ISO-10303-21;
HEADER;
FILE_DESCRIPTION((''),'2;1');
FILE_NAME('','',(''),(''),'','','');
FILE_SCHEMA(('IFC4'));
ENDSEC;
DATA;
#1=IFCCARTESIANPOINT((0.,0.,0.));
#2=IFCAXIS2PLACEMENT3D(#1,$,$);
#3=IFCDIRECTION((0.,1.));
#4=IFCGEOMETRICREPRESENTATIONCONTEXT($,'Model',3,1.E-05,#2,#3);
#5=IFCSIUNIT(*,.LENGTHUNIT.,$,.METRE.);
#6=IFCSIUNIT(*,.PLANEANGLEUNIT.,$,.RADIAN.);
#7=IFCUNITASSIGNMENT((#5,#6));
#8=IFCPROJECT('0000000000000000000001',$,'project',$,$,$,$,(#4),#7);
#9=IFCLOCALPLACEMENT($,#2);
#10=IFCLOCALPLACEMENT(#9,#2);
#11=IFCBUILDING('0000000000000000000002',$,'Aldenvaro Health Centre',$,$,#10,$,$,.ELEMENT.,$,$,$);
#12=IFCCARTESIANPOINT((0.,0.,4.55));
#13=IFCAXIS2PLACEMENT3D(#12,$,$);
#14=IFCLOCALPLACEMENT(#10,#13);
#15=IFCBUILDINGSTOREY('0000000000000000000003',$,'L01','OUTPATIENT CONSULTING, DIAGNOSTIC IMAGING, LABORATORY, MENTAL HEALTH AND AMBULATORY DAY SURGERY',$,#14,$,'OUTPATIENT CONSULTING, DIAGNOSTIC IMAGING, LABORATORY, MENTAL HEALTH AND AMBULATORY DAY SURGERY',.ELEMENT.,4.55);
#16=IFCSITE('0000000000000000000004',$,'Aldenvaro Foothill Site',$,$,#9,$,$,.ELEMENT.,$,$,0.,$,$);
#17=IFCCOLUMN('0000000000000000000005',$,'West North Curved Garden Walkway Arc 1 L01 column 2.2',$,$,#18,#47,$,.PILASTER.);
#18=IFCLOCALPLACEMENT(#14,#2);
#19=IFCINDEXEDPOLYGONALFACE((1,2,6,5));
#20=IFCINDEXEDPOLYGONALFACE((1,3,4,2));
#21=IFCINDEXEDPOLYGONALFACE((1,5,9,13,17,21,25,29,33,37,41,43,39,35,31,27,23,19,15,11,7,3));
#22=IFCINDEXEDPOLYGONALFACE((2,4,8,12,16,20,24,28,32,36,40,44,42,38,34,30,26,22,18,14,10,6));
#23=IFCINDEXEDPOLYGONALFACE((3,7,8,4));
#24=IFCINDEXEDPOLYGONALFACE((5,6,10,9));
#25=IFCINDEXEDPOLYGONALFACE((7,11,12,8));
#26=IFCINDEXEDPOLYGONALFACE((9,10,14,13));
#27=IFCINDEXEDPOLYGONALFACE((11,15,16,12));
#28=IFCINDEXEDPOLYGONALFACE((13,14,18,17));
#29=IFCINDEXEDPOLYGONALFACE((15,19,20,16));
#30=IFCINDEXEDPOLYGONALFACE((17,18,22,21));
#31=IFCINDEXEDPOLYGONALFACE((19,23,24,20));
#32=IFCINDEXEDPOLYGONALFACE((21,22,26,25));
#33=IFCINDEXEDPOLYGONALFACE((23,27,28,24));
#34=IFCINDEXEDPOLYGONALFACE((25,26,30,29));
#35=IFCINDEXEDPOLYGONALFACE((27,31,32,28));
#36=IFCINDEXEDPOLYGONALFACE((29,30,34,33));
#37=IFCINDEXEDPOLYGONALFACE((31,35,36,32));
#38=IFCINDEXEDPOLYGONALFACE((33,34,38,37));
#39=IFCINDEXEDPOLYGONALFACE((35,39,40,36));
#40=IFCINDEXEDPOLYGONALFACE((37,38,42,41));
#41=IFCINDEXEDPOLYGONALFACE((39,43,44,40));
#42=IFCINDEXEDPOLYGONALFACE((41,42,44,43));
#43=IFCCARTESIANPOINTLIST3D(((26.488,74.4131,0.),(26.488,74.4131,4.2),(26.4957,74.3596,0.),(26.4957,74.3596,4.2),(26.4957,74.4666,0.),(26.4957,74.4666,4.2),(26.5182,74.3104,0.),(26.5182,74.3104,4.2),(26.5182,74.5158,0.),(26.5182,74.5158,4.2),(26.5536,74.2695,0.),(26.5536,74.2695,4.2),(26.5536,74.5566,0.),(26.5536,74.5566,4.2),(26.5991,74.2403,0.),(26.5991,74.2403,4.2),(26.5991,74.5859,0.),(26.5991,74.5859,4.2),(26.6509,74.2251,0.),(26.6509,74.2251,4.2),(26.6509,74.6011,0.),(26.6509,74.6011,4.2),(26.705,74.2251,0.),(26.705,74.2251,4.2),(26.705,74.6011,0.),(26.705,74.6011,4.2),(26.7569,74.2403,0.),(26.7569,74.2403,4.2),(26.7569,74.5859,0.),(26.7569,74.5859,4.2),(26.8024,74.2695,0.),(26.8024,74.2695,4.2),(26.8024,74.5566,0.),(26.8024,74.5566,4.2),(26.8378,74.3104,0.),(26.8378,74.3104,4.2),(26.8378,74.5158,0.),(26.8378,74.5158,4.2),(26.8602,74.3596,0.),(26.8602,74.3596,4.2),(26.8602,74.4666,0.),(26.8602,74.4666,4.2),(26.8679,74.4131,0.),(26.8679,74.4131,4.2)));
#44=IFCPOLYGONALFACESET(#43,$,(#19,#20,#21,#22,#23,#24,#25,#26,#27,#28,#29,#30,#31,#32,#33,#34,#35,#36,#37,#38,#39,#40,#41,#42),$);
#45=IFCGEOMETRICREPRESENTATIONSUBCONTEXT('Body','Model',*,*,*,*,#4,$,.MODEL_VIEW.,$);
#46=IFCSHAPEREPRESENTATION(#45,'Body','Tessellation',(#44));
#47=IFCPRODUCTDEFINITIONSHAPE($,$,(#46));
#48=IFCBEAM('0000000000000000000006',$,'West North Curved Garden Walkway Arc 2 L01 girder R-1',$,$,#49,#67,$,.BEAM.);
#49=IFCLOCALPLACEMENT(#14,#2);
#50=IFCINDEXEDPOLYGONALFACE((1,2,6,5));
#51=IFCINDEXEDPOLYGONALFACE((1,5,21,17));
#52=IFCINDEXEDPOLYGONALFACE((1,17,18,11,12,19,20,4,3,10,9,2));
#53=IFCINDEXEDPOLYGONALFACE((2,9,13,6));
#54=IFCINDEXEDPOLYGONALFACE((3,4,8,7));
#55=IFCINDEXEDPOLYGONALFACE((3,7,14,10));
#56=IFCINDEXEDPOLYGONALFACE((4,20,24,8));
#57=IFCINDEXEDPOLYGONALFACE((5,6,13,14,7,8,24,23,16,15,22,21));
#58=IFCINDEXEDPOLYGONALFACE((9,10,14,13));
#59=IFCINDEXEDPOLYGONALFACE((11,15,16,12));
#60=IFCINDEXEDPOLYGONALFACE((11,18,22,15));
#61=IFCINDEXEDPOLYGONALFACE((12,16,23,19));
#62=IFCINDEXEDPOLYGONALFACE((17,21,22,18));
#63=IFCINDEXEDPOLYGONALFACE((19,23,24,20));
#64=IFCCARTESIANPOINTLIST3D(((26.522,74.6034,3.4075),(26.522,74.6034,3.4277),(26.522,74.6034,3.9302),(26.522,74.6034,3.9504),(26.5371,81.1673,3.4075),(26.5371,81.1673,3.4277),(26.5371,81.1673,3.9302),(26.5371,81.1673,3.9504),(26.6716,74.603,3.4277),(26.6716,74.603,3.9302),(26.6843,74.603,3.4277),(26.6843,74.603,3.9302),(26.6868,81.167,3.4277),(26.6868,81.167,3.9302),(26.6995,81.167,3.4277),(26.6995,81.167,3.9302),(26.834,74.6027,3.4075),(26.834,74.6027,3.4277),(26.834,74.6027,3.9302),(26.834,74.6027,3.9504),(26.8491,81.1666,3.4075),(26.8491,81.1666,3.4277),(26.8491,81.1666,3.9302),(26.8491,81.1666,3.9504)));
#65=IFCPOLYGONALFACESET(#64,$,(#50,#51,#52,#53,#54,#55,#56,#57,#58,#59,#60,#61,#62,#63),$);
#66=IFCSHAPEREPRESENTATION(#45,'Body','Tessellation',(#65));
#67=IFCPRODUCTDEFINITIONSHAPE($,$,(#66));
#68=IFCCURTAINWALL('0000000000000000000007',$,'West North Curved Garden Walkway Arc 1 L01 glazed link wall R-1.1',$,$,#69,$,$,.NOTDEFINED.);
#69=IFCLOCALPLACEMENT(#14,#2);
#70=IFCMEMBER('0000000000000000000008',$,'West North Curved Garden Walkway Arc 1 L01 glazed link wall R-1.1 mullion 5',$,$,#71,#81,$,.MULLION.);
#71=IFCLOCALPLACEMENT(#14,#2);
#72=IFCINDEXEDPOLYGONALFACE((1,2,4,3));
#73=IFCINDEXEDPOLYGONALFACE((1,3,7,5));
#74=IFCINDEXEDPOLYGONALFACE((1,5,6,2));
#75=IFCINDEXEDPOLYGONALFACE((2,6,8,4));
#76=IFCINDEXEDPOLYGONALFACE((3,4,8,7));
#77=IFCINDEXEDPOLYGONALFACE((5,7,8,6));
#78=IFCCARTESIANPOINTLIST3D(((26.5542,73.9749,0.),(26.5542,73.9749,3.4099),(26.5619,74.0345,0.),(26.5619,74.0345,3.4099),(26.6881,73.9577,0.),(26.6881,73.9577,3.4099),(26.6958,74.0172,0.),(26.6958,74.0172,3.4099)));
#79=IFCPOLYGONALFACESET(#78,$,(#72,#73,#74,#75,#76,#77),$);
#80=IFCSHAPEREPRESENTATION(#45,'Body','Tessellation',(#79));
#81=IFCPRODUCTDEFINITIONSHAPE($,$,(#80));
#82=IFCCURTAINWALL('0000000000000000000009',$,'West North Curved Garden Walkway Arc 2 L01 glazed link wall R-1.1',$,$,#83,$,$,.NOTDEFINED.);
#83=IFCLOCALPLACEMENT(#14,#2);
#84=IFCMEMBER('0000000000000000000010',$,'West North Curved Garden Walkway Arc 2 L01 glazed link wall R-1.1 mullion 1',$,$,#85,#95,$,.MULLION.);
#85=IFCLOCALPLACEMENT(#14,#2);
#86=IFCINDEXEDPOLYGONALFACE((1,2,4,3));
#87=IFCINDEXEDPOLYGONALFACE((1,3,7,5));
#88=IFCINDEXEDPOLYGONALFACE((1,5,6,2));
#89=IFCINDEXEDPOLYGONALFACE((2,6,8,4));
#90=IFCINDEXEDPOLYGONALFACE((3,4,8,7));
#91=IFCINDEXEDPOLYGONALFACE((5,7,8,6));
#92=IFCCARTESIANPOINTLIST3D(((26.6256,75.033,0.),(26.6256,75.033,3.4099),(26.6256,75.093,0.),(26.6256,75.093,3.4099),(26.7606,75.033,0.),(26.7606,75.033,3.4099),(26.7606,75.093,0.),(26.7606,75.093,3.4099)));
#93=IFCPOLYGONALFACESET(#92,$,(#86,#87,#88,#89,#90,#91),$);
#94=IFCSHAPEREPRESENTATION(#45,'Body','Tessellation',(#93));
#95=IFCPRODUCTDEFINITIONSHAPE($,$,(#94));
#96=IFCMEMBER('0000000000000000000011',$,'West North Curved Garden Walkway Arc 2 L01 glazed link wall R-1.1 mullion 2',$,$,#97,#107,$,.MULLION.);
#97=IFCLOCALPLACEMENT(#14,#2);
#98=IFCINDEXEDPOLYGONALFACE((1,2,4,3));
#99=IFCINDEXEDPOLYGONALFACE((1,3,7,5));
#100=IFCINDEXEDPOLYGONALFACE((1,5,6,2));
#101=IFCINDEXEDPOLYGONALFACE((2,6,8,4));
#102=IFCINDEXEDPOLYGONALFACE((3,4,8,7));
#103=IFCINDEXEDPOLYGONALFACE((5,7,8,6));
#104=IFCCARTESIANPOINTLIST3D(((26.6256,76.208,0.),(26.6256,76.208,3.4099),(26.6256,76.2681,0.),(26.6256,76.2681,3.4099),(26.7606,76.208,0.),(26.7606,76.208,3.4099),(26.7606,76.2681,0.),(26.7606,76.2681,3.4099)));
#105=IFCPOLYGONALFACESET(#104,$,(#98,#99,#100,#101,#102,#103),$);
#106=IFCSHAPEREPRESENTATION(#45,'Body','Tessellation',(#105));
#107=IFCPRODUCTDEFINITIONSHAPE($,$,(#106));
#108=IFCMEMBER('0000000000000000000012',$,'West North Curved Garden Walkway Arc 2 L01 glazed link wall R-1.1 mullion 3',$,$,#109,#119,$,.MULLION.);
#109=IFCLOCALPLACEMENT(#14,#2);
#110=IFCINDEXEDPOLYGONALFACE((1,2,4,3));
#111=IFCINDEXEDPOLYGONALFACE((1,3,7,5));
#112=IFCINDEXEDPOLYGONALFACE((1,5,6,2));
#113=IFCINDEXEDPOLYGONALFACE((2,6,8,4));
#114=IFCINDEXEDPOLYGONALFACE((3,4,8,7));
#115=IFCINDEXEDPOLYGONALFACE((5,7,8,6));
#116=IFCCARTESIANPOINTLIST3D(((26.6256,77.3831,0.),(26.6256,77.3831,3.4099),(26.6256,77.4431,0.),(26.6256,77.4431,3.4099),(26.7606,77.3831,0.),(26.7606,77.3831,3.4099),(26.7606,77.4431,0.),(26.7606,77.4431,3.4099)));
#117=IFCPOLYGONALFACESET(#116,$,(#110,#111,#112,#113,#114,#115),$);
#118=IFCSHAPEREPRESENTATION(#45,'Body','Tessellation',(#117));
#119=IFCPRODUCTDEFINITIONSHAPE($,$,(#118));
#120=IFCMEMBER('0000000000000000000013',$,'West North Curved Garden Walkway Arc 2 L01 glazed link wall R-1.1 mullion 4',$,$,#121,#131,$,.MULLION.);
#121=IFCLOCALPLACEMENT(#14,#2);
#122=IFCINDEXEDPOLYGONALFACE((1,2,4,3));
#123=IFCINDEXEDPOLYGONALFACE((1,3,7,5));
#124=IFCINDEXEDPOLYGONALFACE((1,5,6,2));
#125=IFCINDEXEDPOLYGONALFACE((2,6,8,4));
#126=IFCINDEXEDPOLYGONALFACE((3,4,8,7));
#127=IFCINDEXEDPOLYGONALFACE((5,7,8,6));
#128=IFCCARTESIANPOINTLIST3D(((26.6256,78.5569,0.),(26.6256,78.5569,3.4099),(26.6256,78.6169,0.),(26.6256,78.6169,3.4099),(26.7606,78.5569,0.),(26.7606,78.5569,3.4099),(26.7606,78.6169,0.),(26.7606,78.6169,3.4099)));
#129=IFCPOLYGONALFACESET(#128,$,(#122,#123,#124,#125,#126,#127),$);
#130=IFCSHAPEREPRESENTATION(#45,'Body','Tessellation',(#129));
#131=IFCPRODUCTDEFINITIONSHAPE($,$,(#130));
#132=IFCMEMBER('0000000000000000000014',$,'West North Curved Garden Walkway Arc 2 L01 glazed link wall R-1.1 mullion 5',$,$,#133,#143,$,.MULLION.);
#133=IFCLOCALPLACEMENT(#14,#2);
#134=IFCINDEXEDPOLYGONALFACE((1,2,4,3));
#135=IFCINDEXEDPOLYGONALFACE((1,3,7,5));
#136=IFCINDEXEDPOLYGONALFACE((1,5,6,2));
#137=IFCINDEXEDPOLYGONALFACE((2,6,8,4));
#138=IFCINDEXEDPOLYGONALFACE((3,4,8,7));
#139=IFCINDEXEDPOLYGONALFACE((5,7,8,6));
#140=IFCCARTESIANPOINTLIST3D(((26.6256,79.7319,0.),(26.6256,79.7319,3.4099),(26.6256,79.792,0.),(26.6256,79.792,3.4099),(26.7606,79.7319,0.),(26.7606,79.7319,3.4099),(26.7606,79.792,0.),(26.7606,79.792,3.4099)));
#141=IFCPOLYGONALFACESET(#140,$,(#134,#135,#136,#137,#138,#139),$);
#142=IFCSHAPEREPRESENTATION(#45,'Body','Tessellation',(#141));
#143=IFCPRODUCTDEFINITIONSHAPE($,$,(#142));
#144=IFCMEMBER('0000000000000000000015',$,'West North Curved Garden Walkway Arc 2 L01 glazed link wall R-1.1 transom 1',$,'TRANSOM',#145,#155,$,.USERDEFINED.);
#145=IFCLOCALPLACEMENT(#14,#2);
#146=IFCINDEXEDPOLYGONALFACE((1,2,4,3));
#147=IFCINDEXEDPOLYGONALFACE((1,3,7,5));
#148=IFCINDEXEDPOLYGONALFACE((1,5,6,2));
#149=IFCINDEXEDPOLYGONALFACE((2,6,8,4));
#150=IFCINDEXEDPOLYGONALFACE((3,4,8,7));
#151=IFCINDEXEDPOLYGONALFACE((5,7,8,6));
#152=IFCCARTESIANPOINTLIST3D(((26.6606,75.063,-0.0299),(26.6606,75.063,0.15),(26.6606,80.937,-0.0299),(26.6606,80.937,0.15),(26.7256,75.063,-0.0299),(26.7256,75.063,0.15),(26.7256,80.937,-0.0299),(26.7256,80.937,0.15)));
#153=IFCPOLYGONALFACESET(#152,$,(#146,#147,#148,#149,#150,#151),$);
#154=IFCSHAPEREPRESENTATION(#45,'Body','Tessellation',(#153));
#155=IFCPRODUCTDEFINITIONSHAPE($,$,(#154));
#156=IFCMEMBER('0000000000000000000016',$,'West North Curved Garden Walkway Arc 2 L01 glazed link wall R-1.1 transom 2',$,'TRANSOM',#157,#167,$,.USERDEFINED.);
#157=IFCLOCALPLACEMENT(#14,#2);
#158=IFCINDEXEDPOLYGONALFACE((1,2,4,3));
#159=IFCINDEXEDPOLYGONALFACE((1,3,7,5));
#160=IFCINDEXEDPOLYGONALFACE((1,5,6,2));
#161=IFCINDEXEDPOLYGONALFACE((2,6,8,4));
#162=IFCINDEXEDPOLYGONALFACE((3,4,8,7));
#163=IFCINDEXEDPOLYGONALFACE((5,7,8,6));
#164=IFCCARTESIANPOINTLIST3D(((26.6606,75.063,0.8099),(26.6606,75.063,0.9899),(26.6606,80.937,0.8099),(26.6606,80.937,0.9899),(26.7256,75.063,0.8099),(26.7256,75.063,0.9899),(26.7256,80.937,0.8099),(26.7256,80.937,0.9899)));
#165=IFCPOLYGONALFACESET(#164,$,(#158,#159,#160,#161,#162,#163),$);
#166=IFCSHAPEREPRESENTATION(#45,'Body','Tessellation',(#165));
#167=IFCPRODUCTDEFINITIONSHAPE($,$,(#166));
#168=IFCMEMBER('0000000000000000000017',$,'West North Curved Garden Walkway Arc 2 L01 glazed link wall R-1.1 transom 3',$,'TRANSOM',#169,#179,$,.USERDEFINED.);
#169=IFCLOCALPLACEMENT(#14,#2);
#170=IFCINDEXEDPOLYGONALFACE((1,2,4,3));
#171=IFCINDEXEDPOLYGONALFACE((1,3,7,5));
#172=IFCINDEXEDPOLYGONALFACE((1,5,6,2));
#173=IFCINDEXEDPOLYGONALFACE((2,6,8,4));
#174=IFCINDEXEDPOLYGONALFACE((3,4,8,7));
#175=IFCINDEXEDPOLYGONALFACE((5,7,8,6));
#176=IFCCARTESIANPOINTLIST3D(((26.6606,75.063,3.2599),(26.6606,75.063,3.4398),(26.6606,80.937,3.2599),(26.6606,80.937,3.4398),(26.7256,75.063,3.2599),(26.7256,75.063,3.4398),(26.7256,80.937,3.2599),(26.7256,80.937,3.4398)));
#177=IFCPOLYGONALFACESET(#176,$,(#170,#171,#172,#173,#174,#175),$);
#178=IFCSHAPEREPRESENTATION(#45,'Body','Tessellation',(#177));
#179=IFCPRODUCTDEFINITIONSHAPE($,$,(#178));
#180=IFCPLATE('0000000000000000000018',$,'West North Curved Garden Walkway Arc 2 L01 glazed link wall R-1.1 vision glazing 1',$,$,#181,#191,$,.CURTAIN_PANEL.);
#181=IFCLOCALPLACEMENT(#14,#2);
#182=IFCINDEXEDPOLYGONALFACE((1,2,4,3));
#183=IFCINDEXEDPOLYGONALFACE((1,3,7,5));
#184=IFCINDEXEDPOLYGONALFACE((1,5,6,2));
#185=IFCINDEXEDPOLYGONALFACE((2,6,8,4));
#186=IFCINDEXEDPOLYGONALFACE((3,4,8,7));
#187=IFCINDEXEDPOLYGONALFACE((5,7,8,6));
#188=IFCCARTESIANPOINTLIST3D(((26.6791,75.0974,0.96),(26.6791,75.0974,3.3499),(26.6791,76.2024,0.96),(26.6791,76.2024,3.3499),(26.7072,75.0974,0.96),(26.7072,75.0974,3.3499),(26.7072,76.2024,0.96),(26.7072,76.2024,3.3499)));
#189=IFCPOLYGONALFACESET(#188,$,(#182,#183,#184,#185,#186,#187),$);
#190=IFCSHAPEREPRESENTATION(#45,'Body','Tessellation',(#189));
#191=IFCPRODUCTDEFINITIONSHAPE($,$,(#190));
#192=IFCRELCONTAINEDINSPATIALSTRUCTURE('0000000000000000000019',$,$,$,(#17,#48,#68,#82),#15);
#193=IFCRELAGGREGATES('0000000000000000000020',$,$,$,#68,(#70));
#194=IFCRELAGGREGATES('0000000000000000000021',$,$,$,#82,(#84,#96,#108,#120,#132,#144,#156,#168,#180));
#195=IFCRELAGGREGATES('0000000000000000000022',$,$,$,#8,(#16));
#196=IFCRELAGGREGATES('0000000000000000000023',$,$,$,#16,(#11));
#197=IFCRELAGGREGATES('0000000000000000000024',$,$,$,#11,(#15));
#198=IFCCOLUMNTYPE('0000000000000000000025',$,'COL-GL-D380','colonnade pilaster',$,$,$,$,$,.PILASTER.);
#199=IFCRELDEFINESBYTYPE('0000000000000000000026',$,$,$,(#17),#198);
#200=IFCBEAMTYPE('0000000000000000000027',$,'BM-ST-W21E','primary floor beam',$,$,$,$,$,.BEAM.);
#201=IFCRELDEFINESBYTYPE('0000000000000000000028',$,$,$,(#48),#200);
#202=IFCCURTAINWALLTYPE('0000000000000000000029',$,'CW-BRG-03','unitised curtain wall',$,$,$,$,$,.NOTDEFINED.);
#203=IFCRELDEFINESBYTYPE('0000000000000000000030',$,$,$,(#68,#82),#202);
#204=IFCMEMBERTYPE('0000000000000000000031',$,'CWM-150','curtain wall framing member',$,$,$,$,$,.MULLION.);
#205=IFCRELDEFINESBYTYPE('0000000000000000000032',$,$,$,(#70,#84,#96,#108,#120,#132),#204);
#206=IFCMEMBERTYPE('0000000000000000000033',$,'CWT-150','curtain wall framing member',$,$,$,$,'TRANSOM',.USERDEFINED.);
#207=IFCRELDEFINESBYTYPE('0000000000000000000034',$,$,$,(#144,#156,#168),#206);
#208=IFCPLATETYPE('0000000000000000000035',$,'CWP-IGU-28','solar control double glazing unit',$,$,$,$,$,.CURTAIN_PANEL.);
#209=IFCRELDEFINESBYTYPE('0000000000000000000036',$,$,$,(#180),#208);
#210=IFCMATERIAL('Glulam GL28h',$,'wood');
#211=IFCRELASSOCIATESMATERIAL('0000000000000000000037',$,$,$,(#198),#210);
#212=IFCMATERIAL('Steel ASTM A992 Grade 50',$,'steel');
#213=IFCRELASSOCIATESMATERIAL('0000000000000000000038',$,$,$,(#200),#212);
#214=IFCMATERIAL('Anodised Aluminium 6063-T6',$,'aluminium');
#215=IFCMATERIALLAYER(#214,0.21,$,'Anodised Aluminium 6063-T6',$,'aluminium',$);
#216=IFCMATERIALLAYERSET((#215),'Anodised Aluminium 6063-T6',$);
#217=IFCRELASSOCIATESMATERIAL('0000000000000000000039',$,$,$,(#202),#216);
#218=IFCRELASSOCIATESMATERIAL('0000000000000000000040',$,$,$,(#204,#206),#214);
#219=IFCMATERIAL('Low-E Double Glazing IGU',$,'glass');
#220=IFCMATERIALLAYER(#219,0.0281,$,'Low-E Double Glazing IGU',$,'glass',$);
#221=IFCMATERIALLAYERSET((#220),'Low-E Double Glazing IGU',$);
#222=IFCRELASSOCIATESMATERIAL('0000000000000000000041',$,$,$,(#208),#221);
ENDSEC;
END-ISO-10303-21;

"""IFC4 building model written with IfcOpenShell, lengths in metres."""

from ifc_helpers import new_model, si_unit, direction, frame, origin, origin_2d, place, context, subcontext, project, spatial, rectangle, circle, i_section, extrude, material, layer, layer_set, material_profile, profile_set, type_object, element, aggregate, save


model = new_model("IFC4")

# Units and contexts
model_context = context("Model", 3, precision=1e-05, world=origin(), true_north=direction((0.0, 1.0)))
body_context = subcontext(model_context, "Body", "Model", "MODEL_VIEW")
ifc_project = project(units=[si_unit("LENGTHUNIT", "METRE"), si_unit("PLANEANGLEUNIT", "RADIAN")], contexts=[model_context])

# Site, building, storey
site_placement = place(None, origin())
site = spatial("IfcSite", under=ifc_project, at=site_placement, Name="Aldenvaro Foothill Site", CompositionType="ELEMENT", RefElevation=0.0)
building_placement = place(site_placement, origin())
building = spatial("IfcBuilding", under=site, at=building_placement, Name="Aldenvaro Health Centre", CompositionType="ELEMENT")
storey_placement = place(building_placement, frame((0.0, 0.0, 4.55)))
storey = spatial("IfcBuildingStorey", under=building, at=storey_placement, Name="L01", Description="OUTPATIENT CONSULTING, DIAGNOSTIC IMAGING, LABORATORY, MENTAL HEALTH AND AMBULATORY DAY SURGERY", LongName="OUTPATIENT CONSULTING, DIAGNOSTIC IMAGING, LABORATORY, MENTAL HEALTH AND AMBULATORY DAY SURGERY", CompositionType="ELEMENT", Elevation=4.55)

# Column
ifc_material_1 = material(Name="Glulam GL28h", Category="wood")
ifc_material_profile_1 = material_profile(ifc_material_1, circle(Radius=0.1899, at=origin_2d()), Name="GL D380", Category="wood")
ifc_profile_set_1 = profile_set([ifc_material_profile_1], Name="Glulam GL28h")
column_type = type_object("IfcColumnType", Name="COL-GL-D380", Description="colonnade pilaster", PredefinedType="PILASTER", material=ifc_profile_set_1)
column_placement = place(storey_placement, frame((26.678, 74.4131, 0.0), z_axis=(0.0, 0.0, 1.0), x_axis=(1.0, 0.0, 0.0)))
element("IfcColumn", 1, at=column_placement, inside=storey, type_object=column_type, Name="West North Curved Garden Walkway Arc 1 L01 column 2.2", PredefinedType="PILASTER", context=body_context, shape_type="SweptSolid", body=[
    extrude(circle(Radius=0.1899, at=origin_2d()), origin(), (0.0, 0.0, 1.0), 4.2),
])

# Beam
ifc_material_2 = material(Name="Steel ASTM A992 Grade 50", Category="steel")
ifc_material_profile_2 = material_profile(ifc_material_2, i_section(OverallWidth=0.312, OverallDepth=0.543, WebThickness=0.0127, FlangeThickness=0.0203, at=origin_2d()), Name="W21X101", Category="steel")
ifc_profile_set_2 = profile_set([ifc_material_profile_2], Name="Steel ASTM A992 Grade 50")
beam_type = type_object("IfcBeamType", Name="BM-ST-W21E", Description="primary floor beam", PredefinedType="BEAM", material=ifc_profile_set_2)
beam_placement = place(storey_placement, frame((26.678, 74.603, 3.679), z_axis=(0.002306, 0.999997, 0.0), x_axis=(-0.999997, 0.002306, 0.0)))
element("IfcBeam", 2, at=beam_placement, inside=storey, type_object=beam_type, Name="West North Curved Garden Walkway Arc 2 L01 girder R-1", PredefinedType="BEAM", context=body_context, shape_type="SweptSolid", body=[
    extrude(i_section(OverallWidth=0.312, OverallDepth=0.543, WebThickness=0.0127, FlangeThickness=0.0203, at=origin_2d()), origin(), (0.0, 0.0, 1.0), 6.564),
])

# Curtain wall, member
ifc_material_3 = material(Name="Anodised Aluminium 6063-T6", Category="aluminium")
ifc_layer_1 = layer(ifc_material_3, 0.21, Name="Anodised Aluminium 6063-T6", Category="aluminium")
ifc_layer_set_1 = layer_set([ifc_layer_1], Name="Anodised Aluminium 6063-T6")
curtain_wall_type = type_object("IfcCurtainWallType", Name="CW-BRG-03", Description="unitised curtain wall", PredefinedType="NOTDEFINED", material=ifc_layer_set_1)
curtain_wall_1_placement = place(storey_placement, origin())
curtain_wall_1 = element("IfcCurtainWall", 3, at=curtain_wall_1_placement, inside=storey, type_object=curtain_wall_type, Name="West North Curved Garden Walkway Arc 1 L01 glazed link wall R-1.1", PredefinedType="NOTDEFINED")
ifc_material_profile_3 = material_profile(ifc_material_3, rectangle(XDim=0.0601, YDim=0.135, at=origin_2d()), Name="ALU 60x135", Category="aluminium")
ifc_profile_set_3 = profile_set([ifc_material_profile_3], Name="Anodised Aluminium 6063-T6")
member_type_1 = type_object("IfcMemberType", Name="CWM-150", Description="curtain wall framing member", PredefinedType="MULLION", material=ifc_profile_set_3)
member_1_placement = place(storey_placement, frame((26.625, 73.9961, 0.0), z_axis=(0.0, 0.0, 1.0), x_axis=(0.127857, 0.991793, 0.0)))
member_1 = element("IfcMember", 4, at=member_1_placement, type_object=member_type_1, Name="West North Curved Garden Walkway Arc 1 L01 glazed link wall R-1.1 mullion 5", PredefinedType="MULLION", context=body_context, shape_type="SweptSolid", body=[
    extrude(rectangle(XDim=0.0601, YDim=0.135, at=origin_2d()), origin(), (0.0, 0.0, 1.0), 3.4099),
])
aggregate(curtain_wall_1, [member_1])

# Curtain wall, members, plate
curtain_wall_2_placement = place(storey_placement, origin())
curtain_wall_2 = element("IfcCurtainWall", 5, at=curtain_wall_2_placement, inside=storey, type_object=curtain_wall_type, Name="West North Curved Garden Walkway Arc 2 L01 glazed link wall R-1.1", PredefinedType="NOTDEFINED")
member_2_placement = place(storey_placement, frame((26.6931, 75.063, 0.0), z_axis=(0.0, 0.0, 1.0), x_axis=(0.0, 1.0, 0.0)))
member_2 = element("IfcMember", 6, at=member_2_placement, type_object=member_type_1, Name="West North Curved Garden Walkway Arc 2 L01 glazed link wall R-1.1 mullion 1", PredefinedType="MULLION", context=body_context, shape_type="SweptSolid", body=[
    extrude(rectangle(XDim=0.0601, YDim=0.135, at=origin_2d()), origin(), (0.0, 0.0, 1.0), 3.4099),
])
member_3_placement = place(storey_placement, frame((26.6931, 76.238, 0.0), z_axis=(0.0, 0.0, 1.0), x_axis=(0.0, 1.0, 0.0)))
member_3 = element("IfcMember", 7, at=member_3_placement, type_object=member_type_1, Name="West North Curved Garden Walkway Arc 2 L01 glazed link wall R-1.1 mullion 2", PredefinedType="MULLION", context=body_context, shape_type="SweptSolid", body=[
    extrude(rectangle(XDim=0.0601, YDim=0.135, at=origin_2d()), origin(), (0.0, 0.0, 1.0), 3.4099),
])
member_4_placement = place(storey_placement, frame((26.6931, 77.4131, 0.0), z_axis=(0.0, 0.0, 1.0), x_axis=(0.0, 1.0, 0.0)))
member_4 = element("IfcMember", 8, at=member_4_placement, type_object=member_type_1, Name="West North Curved Garden Walkway Arc 2 L01 glazed link wall R-1.1 mullion 3", PredefinedType="MULLION", context=body_context, shape_type="SweptSolid", body=[
    extrude(rectangle(XDim=0.0601, YDim=0.135, at=origin_2d()), origin(), (0.0, 0.0, 1.0), 3.4099),
])
member_5_placement = place(storey_placement, frame((26.6931, 78.5869, 0.0), z_axis=(0.0, 0.0, 1.0), x_axis=(0.0, 1.0, 0.0)))
member_5 = element("IfcMember", 9, at=member_5_placement, type_object=member_type_1, Name="West North Curved Garden Walkway Arc 2 L01 glazed link wall R-1.1 mullion 4", PredefinedType="MULLION", context=body_context, shape_type="SweptSolid", body=[
    extrude(rectangle(XDim=0.0601, YDim=0.135, at=origin_2d()), origin(), (0.0, 0.0, 1.0), 3.4099),
])
member_6_placement = place(storey_placement, frame((26.6931, 79.762, 0.0), z_axis=(0.0, 0.0, 1.0), x_axis=(0.0, 1.0, 0.0)))
member_6 = element("IfcMember", 10, at=member_6_placement, type_object=member_type_1, Name="West North Curved Garden Walkway Arc 2 L01 glazed link wall R-1.1 mullion 5", PredefinedType="MULLION", context=body_context, shape_type="SweptSolid", body=[
    extrude(rectangle(XDim=0.0601, YDim=0.135, at=origin_2d()), origin(), (0.0, 0.0, 1.0), 3.4099),
])
ifc_material_profile_4 = material_profile(ifc_material_3, rectangle(XDim=0.0649, YDim=0.1799, at=origin_2d()), Name="ALU 65x180", Category="aluminium")
ifc_profile_set_4 = profile_set([ifc_material_profile_4], Name="Anodised Aluminium 6063-T6")
member_type_2 = type_object("IfcMemberType", Name="CWT-150", Description="curtain wall framing member", ElementType="TRANSOM", PredefinedType="USERDEFINED", material=ifc_profile_set_4)
member_7_placement = place(storey_placement, frame((26.6931, 75.063, 0.0601), z_axis=(0.0, 1.0, 0.0), x_axis=(-1.0, 0.0, 0.0)))
member_7 = element("IfcMember", 11, at=member_7_placement, type_object=member_type_2, Name="West North Curved Garden Walkway Arc 2 L01 glazed link wall R-1.1 transom 1", ObjectType="TRANSOM", PredefinedType="USERDEFINED", context=body_context, shape_type="SweptSolid", body=[
    extrude(rectangle(XDim=0.0649, YDim=0.1799, at=origin_2d()), origin(), (0.0, 0.0, 1.0), 5.874),
])
member_8_placement = place(storey_placement, frame((26.6931, 75.063, 0.8999), z_axis=(0.0, 1.0, 0.0), x_axis=(-1.0, 0.0, 0.0)))
member_8 = element("IfcMember", 12, at=member_8_placement, type_object=member_type_2, Name="West North Curved Garden Walkway Arc 2 L01 glazed link wall R-1.1 transom 2", ObjectType="TRANSOM", PredefinedType="USERDEFINED", context=body_context, shape_type="SweptSolid", body=[
    extrude(rectangle(XDim=0.0649, YDim=0.1799, at=origin_2d()), origin(), (0.0, 0.0, 1.0), 5.874),
])
member_9_placement = place(storey_placement, frame((26.6931, 75.063, 3.3499), z_axis=(0.0, 1.0, 0.0), x_axis=(-1.0, 0.0, 0.0)))
member_9 = element("IfcMember", 13, at=member_9_placement, type_object=member_type_2, Name="West North Curved Garden Walkway Arc 2 L01 glazed link wall R-1.1 transom 3", ObjectType="TRANSOM", PredefinedType="USERDEFINED", context=body_context, shape_type="SweptSolid", body=[
    extrude(rectangle(XDim=0.0649, YDim=0.1799, at=origin_2d()), origin(), (0.0, 0.0, 1.0), 5.874),
])
ifc_material_4 = material(Name="Low-E Double Glazing IGU", Category="glass")
ifc_layer_2 = layer(ifc_material_4, 0.0281, Name="Low-E Double Glazing IGU", Category="glass")
ifc_layer_set_2 = layer_set([ifc_layer_2], Name="Low-E Double Glazing IGU")
plate_type_1 = type_object("IfcPlateType", Name="CWP-IGU-28", Description="solar control double glazing unit", PredefinedType="CURTAIN_PANEL", material=ifc_layer_set_2)
plate_1_placement = place(storey_placement, frame((26.6931, 75.6499, 0.96), z_axis=(0.0, 0.0, 1.0), x_axis=(0.0, 1.0, 0.0)))
plate_1 = element("IfcPlate", 14, at=plate_1_placement, type_object=plate_type_1, Name="West North Curved Garden Walkway Arc 2 L01 glazed link wall R-1.1 vision glazing 1", PredefinedType="CURTAIN_PANEL", context=body_context, shape_type="SweptSolid", body=[
    extrude(rectangle(XDim=1.105, YDim=0.0281, at=origin_2d()), origin(), (0.0, 0.0, 1.0), 2.3899),
])
aggregate(curtain_wall_2, [member_2, member_3, member_4, member_5, member_6, member_7, member_8, member_9, plate_1])

save(model, "model.ifc")
